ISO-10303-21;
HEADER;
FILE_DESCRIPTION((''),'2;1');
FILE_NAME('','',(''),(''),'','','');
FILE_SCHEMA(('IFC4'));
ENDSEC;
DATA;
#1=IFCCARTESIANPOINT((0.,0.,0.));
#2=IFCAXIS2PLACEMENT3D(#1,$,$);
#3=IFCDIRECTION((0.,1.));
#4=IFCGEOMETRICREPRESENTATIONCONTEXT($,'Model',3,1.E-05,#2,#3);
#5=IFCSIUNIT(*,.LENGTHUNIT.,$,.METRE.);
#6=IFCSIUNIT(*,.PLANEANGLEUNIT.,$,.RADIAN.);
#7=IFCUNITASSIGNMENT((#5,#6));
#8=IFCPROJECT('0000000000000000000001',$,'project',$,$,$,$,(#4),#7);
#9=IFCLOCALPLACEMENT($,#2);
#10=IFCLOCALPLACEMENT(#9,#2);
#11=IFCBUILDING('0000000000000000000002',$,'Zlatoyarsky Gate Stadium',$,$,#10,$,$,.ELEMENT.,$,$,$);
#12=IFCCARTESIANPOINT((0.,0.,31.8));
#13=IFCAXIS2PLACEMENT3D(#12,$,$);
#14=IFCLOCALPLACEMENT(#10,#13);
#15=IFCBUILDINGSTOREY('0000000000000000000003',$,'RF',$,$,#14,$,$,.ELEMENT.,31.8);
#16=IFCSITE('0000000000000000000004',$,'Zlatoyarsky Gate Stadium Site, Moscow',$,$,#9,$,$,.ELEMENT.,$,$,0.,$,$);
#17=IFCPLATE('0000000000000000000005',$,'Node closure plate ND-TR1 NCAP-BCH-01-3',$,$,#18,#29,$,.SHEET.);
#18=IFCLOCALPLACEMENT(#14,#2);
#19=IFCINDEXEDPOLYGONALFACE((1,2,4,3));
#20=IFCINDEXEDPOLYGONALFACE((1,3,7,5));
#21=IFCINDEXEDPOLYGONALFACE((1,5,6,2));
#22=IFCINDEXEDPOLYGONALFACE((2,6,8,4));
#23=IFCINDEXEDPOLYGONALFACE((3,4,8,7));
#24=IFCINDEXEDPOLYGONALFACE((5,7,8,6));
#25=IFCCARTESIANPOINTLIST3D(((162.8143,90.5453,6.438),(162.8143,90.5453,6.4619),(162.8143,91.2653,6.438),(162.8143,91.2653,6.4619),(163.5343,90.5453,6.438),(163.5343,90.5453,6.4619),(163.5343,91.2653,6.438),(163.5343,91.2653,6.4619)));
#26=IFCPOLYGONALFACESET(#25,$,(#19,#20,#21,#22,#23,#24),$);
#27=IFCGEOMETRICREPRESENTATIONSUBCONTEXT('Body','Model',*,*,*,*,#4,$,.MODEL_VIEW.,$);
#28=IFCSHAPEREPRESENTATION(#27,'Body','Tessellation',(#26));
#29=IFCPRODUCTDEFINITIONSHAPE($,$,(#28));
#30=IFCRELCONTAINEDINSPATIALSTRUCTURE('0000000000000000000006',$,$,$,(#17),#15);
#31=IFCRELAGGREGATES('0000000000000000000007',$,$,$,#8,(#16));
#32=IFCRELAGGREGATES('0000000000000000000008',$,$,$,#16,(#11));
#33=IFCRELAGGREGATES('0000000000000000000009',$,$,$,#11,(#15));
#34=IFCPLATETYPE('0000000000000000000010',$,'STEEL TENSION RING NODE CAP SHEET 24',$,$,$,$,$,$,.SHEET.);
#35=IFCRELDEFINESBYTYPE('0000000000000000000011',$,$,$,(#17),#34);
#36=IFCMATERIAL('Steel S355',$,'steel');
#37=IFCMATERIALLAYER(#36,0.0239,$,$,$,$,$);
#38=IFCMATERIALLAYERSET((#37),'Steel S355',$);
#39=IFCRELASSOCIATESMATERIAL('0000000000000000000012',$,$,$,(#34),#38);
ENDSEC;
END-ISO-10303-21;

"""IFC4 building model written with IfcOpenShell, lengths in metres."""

from ifc_helpers import new_model, si_unit, direction, frame, origin, origin_2d, place, context, subcontext, project, spatial, rectangle, extrude, material, layer, layer_set, type_object, element, save


model = new_model("IFC4")

# Units and contexts
model_context = context("Model", 3, precision=1e-05, world=origin(), true_north=direction((0.0, 1.0)))
body_context = subcontext(model_context, "Body", "Model", "MODEL_VIEW")
ifc_project = project(units=[si_unit("LENGTHUNIT", "METRE"), si_unit("PLANEANGLEUNIT", "RADIAN")], contexts=[model_context])

# Site, building, storey
site_placement = place(None, origin())
site = spatial("IfcSite", under=ifc_project, at=site_placement, Name="Zlatoyarsky Gate Stadium Site, Moscow", CompositionType="ELEMENT", RefElevation=0.0)
building_placement = place(site_placement, origin())
building = spatial("IfcBuilding", under=site, at=building_placement, Name="Zlatoyarsky Gate Stadium", CompositionType="ELEMENT")
storey_placement = place(building_placement, frame((0.0, 0.0, 31.8)))
storey = spatial("IfcBuildingStorey", under=building, at=storey_placement, Name="RF", CompositionType="ELEMENT", Elevation=31.8)

# Shared definitions
ifc_material = material(Name="Steel S355", Category="steel")

# Plate
ifc_layer_1 = layer(ifc_material, 0.0239)
ifc_layer_set_1 = layer_set([ifc_layer_1], Name="Steel S355")
plate_type_1 = type_object("IfcPlateType", Name="STEEL TENSION RING NODE CAP SHEET 24", PredefinedType="SHEET", material=ifc_layer_set_1)
plate_1_placement = place(storey_placement, frame((163.1743, 90.9053, 6.438), z_axis=(0.0, 0.0, 1.0), x_axis=(1.0, 0.0, 0.0)))
element("IfcPlate", 1, at=plate_1_placement, inside=storey, type_object=plate_type_1, Name="Node closure plate ND-TR1 NCAP-BCH-01-3", PredefinedType="SHEET", context=body_context, shape_type="SweptSolid", body=[
    extrude(rectangle(XDim=0.72, YDim=0.72, at=origin_2d()), origin(), (0.0, 0.0, 1.0), 0.0239),
])

save(model, "model.ifc")
